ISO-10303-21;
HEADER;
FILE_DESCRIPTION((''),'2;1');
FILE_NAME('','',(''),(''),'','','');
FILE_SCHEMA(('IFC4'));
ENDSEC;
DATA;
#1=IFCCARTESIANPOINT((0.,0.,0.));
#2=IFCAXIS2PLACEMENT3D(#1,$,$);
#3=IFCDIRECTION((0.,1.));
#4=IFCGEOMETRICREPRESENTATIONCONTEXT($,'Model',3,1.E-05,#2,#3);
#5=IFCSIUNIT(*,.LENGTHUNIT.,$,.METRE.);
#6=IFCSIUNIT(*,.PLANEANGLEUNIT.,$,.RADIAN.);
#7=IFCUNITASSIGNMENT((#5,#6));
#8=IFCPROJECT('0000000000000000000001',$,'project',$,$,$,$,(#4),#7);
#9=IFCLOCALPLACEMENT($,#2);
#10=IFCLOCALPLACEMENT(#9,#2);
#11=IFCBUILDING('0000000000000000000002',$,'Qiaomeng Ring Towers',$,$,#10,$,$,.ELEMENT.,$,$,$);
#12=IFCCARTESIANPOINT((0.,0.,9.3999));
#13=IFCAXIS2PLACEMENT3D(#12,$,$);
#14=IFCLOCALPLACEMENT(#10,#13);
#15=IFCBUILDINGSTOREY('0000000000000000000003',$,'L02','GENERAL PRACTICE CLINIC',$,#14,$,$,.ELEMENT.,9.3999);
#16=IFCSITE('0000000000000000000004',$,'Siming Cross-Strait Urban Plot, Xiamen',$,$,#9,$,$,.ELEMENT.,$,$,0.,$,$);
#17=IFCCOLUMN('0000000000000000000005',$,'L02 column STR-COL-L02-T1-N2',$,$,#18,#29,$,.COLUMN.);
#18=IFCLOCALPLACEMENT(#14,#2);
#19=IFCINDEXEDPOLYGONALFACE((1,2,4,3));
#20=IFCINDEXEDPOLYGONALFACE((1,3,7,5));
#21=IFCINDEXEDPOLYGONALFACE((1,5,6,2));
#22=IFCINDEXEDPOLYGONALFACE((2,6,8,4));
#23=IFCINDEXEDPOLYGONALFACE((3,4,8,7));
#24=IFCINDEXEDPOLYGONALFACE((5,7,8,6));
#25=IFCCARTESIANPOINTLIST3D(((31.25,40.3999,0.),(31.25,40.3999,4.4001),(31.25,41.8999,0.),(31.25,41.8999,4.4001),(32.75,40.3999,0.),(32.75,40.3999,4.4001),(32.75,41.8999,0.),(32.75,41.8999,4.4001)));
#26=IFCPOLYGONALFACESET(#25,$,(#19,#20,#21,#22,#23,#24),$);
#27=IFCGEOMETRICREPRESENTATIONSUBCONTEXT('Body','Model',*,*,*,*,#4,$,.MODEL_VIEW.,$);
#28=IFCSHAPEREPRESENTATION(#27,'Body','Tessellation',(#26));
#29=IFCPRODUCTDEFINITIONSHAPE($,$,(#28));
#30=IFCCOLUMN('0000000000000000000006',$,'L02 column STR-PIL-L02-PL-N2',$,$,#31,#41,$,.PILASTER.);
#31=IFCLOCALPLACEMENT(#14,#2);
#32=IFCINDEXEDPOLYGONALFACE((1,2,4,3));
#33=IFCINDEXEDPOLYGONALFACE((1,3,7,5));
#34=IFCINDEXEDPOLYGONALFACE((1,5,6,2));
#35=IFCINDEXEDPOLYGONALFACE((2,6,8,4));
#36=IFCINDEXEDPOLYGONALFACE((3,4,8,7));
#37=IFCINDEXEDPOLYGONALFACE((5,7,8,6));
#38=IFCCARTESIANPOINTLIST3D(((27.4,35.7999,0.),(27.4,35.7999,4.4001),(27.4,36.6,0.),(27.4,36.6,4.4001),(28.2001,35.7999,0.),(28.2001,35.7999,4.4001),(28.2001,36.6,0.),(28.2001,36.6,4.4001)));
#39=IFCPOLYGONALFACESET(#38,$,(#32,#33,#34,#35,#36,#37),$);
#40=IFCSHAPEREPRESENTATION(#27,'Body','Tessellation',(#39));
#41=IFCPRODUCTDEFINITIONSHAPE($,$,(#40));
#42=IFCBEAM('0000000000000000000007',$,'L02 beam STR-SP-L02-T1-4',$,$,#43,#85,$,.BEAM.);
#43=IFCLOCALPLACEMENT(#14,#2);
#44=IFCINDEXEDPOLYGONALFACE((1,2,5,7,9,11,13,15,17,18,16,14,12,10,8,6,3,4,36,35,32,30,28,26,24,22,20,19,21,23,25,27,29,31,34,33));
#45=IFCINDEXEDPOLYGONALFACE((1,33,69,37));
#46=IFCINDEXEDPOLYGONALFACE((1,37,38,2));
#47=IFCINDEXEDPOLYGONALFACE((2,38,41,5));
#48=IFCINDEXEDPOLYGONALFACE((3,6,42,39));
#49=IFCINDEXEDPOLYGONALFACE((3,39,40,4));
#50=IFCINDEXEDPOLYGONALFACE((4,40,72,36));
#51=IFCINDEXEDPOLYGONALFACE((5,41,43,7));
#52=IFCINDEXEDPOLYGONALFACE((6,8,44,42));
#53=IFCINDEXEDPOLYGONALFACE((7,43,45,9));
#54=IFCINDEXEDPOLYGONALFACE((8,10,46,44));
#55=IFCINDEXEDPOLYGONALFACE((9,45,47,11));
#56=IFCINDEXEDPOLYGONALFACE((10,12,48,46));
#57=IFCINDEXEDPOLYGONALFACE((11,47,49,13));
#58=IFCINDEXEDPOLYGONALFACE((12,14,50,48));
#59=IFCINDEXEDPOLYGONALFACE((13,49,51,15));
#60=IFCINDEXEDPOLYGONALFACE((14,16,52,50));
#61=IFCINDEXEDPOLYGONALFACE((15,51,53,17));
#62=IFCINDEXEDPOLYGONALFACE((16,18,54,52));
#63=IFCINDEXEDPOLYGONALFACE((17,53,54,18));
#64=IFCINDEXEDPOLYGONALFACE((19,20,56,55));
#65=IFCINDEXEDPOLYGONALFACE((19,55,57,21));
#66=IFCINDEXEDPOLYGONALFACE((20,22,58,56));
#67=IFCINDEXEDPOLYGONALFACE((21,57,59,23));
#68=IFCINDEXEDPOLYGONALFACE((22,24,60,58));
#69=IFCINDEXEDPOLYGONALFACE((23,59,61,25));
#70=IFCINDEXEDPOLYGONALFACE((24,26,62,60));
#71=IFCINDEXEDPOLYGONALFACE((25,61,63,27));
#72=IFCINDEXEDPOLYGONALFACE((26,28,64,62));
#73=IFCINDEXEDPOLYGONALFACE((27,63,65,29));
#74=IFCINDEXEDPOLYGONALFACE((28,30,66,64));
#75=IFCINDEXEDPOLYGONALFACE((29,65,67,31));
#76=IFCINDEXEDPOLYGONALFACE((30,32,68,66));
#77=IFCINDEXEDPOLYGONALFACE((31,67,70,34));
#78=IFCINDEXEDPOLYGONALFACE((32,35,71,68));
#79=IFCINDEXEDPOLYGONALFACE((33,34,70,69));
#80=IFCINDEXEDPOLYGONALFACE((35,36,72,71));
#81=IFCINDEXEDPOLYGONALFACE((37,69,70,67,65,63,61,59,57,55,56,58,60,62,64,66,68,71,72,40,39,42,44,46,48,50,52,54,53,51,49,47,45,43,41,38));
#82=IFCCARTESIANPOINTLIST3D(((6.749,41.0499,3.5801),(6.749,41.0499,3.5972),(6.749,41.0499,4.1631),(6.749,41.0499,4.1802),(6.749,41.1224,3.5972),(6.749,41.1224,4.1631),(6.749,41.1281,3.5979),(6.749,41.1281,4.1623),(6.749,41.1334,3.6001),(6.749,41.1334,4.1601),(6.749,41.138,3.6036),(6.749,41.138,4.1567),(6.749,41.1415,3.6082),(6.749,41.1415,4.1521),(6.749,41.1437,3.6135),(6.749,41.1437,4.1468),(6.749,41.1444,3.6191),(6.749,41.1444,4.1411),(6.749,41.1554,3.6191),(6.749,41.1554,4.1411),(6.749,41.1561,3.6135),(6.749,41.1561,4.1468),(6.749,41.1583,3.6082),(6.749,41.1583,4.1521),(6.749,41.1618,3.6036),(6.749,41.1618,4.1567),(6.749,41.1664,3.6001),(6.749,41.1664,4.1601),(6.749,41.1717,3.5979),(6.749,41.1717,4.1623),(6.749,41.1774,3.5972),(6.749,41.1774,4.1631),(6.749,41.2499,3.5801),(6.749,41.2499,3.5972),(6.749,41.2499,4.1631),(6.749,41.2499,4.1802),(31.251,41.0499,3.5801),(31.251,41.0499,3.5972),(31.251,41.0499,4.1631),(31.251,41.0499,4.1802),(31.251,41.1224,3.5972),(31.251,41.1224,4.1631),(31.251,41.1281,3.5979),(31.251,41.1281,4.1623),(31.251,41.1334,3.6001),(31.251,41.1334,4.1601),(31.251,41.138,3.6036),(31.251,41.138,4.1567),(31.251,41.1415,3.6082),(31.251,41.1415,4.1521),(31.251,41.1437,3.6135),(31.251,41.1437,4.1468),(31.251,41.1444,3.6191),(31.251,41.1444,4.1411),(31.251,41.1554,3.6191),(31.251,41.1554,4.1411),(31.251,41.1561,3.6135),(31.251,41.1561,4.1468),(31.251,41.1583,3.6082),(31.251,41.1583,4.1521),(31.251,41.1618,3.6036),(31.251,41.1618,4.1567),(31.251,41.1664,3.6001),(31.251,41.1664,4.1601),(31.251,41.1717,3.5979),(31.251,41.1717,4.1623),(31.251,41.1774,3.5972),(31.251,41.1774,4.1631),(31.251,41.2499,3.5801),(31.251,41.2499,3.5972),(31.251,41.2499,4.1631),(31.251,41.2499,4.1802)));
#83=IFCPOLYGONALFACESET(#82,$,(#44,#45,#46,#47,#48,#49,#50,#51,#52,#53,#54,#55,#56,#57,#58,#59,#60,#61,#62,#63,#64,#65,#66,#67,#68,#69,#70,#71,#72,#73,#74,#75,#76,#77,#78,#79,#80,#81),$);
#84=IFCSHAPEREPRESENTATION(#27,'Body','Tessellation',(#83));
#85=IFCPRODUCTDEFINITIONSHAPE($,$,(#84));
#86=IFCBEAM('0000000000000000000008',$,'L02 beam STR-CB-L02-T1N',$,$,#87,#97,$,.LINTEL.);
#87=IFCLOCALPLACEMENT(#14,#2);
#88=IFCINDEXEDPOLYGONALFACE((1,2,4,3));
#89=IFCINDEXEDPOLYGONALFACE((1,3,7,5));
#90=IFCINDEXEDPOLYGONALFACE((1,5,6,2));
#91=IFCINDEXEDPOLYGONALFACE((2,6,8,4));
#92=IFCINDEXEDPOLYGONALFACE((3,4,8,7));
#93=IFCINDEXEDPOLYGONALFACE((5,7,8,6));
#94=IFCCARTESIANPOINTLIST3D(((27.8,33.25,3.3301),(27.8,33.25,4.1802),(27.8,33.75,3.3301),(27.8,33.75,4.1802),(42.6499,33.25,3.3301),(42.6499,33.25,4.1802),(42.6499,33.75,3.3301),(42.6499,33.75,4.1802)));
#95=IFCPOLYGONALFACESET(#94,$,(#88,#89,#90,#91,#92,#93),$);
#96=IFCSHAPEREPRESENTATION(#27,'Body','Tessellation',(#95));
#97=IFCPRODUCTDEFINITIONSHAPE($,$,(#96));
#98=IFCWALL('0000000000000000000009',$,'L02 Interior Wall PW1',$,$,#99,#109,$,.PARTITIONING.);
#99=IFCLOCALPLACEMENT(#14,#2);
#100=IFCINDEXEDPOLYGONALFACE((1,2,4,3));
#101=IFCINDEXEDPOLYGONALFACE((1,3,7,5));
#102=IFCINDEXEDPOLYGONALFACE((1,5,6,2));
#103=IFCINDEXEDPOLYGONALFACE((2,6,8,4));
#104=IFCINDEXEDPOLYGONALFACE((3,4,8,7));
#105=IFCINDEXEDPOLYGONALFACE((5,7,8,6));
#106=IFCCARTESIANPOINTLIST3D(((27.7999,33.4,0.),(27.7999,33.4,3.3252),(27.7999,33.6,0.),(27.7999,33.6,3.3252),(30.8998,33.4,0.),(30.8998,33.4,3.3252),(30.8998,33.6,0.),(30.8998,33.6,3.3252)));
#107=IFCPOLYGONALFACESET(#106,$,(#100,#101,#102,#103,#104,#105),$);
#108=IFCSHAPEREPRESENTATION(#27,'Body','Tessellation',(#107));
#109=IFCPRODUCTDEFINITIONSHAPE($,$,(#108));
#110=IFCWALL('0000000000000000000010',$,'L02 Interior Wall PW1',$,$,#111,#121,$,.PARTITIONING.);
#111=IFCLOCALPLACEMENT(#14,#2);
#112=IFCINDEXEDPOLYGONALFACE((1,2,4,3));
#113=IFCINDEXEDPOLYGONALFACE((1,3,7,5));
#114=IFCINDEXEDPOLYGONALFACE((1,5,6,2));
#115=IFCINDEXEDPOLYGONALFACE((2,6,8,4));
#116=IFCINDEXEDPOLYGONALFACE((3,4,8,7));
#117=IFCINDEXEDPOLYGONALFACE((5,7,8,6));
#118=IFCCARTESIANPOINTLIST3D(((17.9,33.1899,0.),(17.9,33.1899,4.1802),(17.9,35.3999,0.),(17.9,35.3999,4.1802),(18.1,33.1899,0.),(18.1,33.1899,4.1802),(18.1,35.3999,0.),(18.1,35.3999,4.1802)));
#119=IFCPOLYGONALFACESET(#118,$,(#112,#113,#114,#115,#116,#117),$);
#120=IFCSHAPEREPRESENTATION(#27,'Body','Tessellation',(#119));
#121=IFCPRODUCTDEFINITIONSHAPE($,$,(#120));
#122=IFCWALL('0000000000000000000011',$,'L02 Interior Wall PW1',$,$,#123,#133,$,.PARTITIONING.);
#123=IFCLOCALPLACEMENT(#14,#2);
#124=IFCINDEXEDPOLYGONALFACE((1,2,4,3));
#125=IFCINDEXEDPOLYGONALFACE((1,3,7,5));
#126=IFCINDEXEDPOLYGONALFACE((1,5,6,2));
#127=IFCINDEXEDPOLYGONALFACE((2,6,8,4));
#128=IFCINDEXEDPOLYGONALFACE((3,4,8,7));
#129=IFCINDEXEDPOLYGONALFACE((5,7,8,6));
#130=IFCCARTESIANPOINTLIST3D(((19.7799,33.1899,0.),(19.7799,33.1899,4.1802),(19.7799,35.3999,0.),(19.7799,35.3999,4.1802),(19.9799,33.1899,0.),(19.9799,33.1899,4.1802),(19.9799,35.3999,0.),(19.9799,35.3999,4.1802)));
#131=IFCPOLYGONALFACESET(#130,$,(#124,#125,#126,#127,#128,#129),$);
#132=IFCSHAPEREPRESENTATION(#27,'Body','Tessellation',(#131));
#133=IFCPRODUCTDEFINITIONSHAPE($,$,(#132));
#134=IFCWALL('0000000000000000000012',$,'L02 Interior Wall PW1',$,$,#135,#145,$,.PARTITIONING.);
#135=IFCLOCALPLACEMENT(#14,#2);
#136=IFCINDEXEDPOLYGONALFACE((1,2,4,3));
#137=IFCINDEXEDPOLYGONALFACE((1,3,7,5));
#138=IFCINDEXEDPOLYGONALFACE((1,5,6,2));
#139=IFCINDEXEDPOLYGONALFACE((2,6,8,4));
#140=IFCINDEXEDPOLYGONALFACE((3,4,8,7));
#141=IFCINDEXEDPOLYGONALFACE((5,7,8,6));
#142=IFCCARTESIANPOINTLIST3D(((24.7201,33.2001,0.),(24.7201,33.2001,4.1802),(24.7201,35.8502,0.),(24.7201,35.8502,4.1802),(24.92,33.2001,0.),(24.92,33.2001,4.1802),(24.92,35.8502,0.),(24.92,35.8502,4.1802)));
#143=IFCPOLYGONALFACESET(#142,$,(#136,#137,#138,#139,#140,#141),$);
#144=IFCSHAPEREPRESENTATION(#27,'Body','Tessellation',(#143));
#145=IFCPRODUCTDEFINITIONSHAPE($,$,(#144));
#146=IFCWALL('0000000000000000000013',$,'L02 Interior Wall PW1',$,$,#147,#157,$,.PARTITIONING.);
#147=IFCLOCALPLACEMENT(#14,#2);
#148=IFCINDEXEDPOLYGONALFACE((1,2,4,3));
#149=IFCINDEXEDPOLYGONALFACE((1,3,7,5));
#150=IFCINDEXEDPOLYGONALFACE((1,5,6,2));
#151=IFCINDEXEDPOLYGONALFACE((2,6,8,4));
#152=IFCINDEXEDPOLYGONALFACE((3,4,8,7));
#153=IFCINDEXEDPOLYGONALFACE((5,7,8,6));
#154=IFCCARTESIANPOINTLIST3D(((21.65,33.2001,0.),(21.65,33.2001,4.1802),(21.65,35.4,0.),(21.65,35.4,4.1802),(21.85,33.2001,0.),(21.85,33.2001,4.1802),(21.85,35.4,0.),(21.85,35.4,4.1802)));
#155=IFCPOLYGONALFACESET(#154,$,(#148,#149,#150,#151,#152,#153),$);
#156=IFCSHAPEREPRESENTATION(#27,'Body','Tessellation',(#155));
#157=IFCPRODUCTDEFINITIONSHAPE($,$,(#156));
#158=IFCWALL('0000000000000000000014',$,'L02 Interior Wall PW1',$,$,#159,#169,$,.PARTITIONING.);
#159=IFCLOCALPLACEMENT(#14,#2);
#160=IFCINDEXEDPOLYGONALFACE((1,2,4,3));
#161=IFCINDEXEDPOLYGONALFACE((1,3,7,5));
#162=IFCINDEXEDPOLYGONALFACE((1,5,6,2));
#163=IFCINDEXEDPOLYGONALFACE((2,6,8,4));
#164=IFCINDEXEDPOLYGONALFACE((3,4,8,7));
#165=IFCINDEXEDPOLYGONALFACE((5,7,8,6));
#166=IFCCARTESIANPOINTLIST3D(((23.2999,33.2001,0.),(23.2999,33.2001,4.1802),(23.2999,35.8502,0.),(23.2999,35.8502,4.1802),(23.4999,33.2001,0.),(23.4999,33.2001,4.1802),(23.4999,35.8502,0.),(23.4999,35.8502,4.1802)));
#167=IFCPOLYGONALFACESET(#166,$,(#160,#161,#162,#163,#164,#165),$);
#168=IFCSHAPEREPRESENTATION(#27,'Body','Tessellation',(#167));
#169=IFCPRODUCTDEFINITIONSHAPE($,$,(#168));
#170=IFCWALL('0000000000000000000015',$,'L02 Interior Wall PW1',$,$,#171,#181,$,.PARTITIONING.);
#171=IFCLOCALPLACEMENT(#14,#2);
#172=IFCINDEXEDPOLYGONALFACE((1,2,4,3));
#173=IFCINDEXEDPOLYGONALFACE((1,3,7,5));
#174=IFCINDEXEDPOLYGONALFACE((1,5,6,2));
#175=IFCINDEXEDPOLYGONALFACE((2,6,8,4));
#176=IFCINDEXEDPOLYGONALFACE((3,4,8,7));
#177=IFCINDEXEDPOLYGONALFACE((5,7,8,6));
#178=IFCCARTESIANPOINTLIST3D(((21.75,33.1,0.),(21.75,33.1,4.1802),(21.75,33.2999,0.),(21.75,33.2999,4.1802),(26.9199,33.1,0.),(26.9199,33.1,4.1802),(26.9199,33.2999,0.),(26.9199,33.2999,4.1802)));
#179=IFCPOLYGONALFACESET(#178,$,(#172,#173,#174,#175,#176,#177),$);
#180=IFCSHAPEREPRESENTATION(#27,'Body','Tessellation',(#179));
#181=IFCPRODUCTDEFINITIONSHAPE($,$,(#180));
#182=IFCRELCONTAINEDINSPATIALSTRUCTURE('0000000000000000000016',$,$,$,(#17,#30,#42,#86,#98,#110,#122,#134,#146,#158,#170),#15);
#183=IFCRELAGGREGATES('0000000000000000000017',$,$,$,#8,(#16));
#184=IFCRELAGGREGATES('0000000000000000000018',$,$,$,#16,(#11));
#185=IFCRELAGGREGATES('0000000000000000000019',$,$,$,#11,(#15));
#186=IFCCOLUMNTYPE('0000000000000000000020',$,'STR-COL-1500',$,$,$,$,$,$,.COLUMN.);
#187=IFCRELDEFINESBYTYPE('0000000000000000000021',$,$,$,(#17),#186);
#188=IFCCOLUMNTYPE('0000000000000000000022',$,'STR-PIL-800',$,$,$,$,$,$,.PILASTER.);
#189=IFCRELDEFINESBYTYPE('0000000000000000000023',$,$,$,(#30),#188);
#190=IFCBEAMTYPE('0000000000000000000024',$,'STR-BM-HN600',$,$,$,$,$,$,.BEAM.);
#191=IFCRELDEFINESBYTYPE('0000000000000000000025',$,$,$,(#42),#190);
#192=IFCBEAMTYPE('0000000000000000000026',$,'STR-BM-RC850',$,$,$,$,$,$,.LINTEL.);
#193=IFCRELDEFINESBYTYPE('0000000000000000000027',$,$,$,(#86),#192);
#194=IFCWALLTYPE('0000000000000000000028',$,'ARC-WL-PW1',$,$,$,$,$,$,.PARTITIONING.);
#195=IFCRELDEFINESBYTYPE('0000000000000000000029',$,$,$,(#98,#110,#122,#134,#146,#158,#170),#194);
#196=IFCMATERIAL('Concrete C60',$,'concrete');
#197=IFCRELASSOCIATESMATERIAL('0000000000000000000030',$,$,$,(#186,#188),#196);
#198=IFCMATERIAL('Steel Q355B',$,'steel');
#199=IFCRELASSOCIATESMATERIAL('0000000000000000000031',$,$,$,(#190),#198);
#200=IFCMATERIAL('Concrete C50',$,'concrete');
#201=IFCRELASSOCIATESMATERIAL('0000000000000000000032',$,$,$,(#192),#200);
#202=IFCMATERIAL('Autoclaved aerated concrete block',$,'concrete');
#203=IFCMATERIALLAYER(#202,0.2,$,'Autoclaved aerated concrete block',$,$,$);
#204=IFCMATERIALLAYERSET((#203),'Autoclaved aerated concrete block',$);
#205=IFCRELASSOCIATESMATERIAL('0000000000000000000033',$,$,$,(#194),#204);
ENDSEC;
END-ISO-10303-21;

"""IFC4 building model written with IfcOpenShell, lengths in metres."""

from ifc_helpers import new_model, si_unit, direction, frame, frame_2d, origin, origin_2d, place, context, subcontext, project, spatial, rectangle, i_section, extrude, source, transform, mapped, material, layer, layer_set, material_profile, profile_set, type_object, element, save


model = new_model("IFC4")

# Units and contexts
model_context = context("Model", 3, precision=1e-05, world=origin(), true_north=direction((0.0, 1.0)))
body_context = subcontext(model_context, "Body", "Model", "MODEL_VIEW")
ifc_project = project(units=[si_unit("LENGTHUNIT", "METRE"), si_unit("PLANEANGLEUNIT", "RADIAN")], contexts=[model_context])

# Site, building, storey
site_placement = place(None, origin())
site = spatial("IfcSite", under=ifc_project, at=site_placement, Name="Siming Cross-Strait Urban Plot, Xiamen", CompositionType="ELEMENT", RefElevation=0.0)
building_placement = place(site_placement, origin())
building = spatial("IfcBuilding", under=site, at=building_placement, Name="Qiaomeng Ring Towers", CompositionType="ELEMENT")
storey_placement = place(building_placement, frame((0.0, 0.0, 9.3999)))
storey = spatial("IfcBuildingStorey", under=building, at=storey_placement, Name="L02", Description="GENERAL PRACTICE CLINIC", CompositionType="ELEMENT", Elevation=9.3999)

# Columns
ifc_material_1 = material(Name="Concrete C60", Category="concrete")
ifc_material_profile_1 = material_profile(ifc_material_1, rectangle(XDim=1.5, YDim=1.5, at=origin_2d()), Name="RC COL 1500x1500")
ifc_profile_set_1 = profile_set([ifc_material_profile_1], Name="Concrete C60")
column_type_1 = type_object("IfcColumnType", Name="STR-COL-1500", PredefinedType="COLUMN", material=ifc_profile_set_1)
shared_shape_1 = source(origin(), body_context, "Body", "SweptSolid", [
    extrude(rectangle(XDim=1.5, YDim=1.5, at=origin_2d()), origin(), (0.0, 0.0, 1.0), 4.4001),
])
column_1_placement = place(storey_placement, frame((32.0, 41.1499, 0.0), z_axis=(0.0, 0.0, 1.0), x_axis=(1.0, 0.0, 0.0)))
element("IfcColumn", 1, at=column_1_placement, inside=storey, type_object=column_type_1, Name="L02 column STR-COL-L02-T1-N2", PredefinedType="COLUMN", context=body_context, shape_type="MappedRepresentation", body=[
    mapped(shared_shape_1, transform((0.0, 0.0, 0.0), x_axis=(1.0, 0.0, 0.0), y_axis=(0.0, 1.0, 0.0), z_axis=(0.0, 0.0, 1.0), scale=1.0)),
])
ifc_material_profile_2 = material_profile(ifc_material_1, rectangle(XDim=0.8, YDim=0.8, at=origin_2d()), Name="RC COL 800x800")
ifc_profile_set_2 = profile_set([ifc_material_profile_2], Name="Concrete C60")
column_type_2 = type_object("IfcColumnType", Name="STR-PIL-800", PredefinedType="PILASTER", material=ifc_profile_set_2)
shared_shape_2 = source(origin(), body_context, "Body", "SweptSolid", [
    extrude(rectangle(XDim=0.8, YDim=0.8, at=origin_2d()), origin(), (0.0, 0.0, 1.0), 4.4001),
])
column_2_placement = place(storey_placement, frame((27.8, 36.2, 0.0), z_axis=(0.0, 0.0, 1.0), x_axis=(1.0, 0.0, 0.0)))
element("IfcColumn", 2, at=column_2_placement, inside=storey, type_object=column_type_2, Name="L02 column STR-PIL-L02-PL-N2", PredefinedType="PILASTER", context=body_context, shape_type="MappedRepresentation", body=[
    mapped(shared_shape_2, transform((0.0, 0.0, 0.0), x_axis=(1.0, 0.0, 0.0), y_axis=(0.0, 1.0, 0.0), z_axis=(0.0, 0.0, 1.0), scale=1.0)),
])

# Beams
ifc_material_2 = material(Name="Steel Q355B", Category="steel")
ifc_material_profile_3 = material_profile(ifc_material_2, i_section(OverallWidth=0.2, OverallDepth=0.6001, WebThickness=0.011, FlangeThickness=0.0171, FilletRadius=0.022, at=origin_2d()), Name="HN 600x200x11x17")
ifc_profile_set_3 = profile_set([ifc_material_profile_3], Name="Steel Q355B")
beam_type_1 = type_object("IfcBeamType", Name="STR-BM-HN600", PredefinedType="BEAM", material=ifc_profile_set_3)
shared_shape_3 = source(origin(), body_context, "Body", "SweptSolid", [
    extrude(i_section(OverallWidth=0.2, OverallDepth=0.6001, WebThickness=0.011, FlangeThickness=0.0171, FilletRadius=0.022, at=origin_2d()), origin(), (0.0, 0.0, 1.0), 24.502),
])
beam_1_placement = place(storey_placement, frame((31.251, 41.1499, 3.8801), z_axis=(-1.0, 0.0, 0.0), x_axis=(0.0, -1.0, 0.0)))
element("IfcBeam", 3, at=beam_1_placement, inside=storey, type_object=beam_type_1, Name="L02 beam STR-SP-L02-T1-4", PredefinedType="BEAM", context=body_context, shape_type="MappedRepresentation", body=[
    mapped(shared_shape_3, transform((0.0, 0.0, 0.0), x_axis=(1.0, 0.0, 0.0), y_axis=(0.0, 1.0, 0.0), z_axis=(0.0, 0.0, 1.0), scale=1.0)),
])
ifc_material_3 = material(Name="Concrete C50", Category="concrete")
ifc_material_profile_4 = material_profile(ifc_material_3, rectangle(XDim=0.5, YDim=0.8501, at=origin_2d()), Name="RC BM 500x850")
ifc_profile_set_4 = profile_set([ifc_material_profile_4], Name="Concrete C50")
beam_type_2 = type_object("IfcBeamType", Name="STR-BM-RC850", PredefinedType="LINTEL", material=ifc_profile_set_4)
shared_shape_4 = source(origin(), body_context, "Body", "SweptSolid", [
    extrude(rectangle(XDim=0.5, YDim=0.8501, at=origin_2d()), origin(), (0.0, 0.0, 1.0), 14.8499),
])
beam_2_placement = place(storey_placement, frame((27.8, 33.5, 3.7551), z_axis=(1.0, 0.0, 0.0), x_axis=(0.0, 1.0, 0.0)))
element("IfcBeam", 4, at=beam_2_placement, inside=storey, type_object=beam_type_2, Name="L02 beam STR-CB-L02-T1N", PredefinedType="LINTEL", context=body_context, shape_type="MappedRepresentation", body=[
    mapped(shared_shape_4, transform((0.0, 0.0, 0.0), x_axis=(1.0, 0.0, 0.0), y_axis=(0.0, 1.0, 0.0), z_axis=(0.0, 0.0, 1.0), scale=1.0)),
])

# Walls
ifc_material_4 = material(Name="Autoclaved aerated concrete block", Category="concrete")
ifc_layer_1 = layer(ifc_material_4, 0.2, Name="Autoclaved aerated concrete block")
ifc_layer_set_1 = layer_set([ifc_layer_1], Name="Autoclaved aerated concrete block")
wall_type_1 = type_object("IfcWallType", Name="ARC-WL-PW1", PredefinedType="PARTITIONING", material=ifc_layer_set_1)
wall_1_placement = place(storey_placement, frame((27.8, 33.5, 0.0), z_axis=(0.0, 0.0, 1.0), x_axis=(1.0, 0.0, 0.0)))
element("IfcWall", 5, at=wall_1_placement, inside=storey, type_object=wall_type_1, Name="L02 Interior Wall PW1", PredefinedType="PARTITIONING", context=body_context, shape_type="SweptSolid", body=[
    extrude(rectangle(XDim=3.0999, YDim=0.2, at=frame_2d((1.5498, 0.0))), origin(), (0.0, 0.0, 1.0), 3.3252),
])
for number, where, z_axis, x_axis, name in (
    (6, (18.0, 33.1899, 0.0), (0.0, 0.0, 1.0), (0.0, 1.0, 0.0), "L02 Interior Wall PW1"),
    (7, (19.8799, 33.1899, 0.0), (0.0, 0.0, 1.0), (0.0, 1.0, 0.0), "L02 Interior Wall PW1"),
):
    element("IfcWall", number, at=place(storey_placement, frame(where, z_axis=z_axis, x_axis=x_axis)), inside=storey, type_object=wall_type_1, Name=name, PredefinedType="PARTITIONING", context=body_context, shape_type="SweptSolid", body=[
        extrude(rectangle(XDim=2.21, YDim=0.2, at=frame_2d((1.105, 0.0))), origin(), (0.0, 0.0, 1.0), 4.1802),
    ])
wall_2_placement = place(storey_placement, frame((24.8201, 33.2, 0.0), z_axis=(0.0, 0.0, 1.0), x_axis=(0.0, 1.0, 0.0)))
element("IfcWall", 8, at=wall_2_placement, inside=storey, type_object=wall_type_1, Name="L02 Interior Wall PW1", PredefinedType="PARTITIONING", context=body_context, shape_type="SweptSolid", body=[
    extrude(rectangle(XDim=2.6501, YDim=0.2, at=frame_2d((1.3252, 0.0))), origin(), (0.0, 0.0, 1.0), 4.1802),
])
wall_3_placement = place(storey_placement, frame((21.75, 33.2, 0.0), z_axis=(0.0, 0.0, 1.0), x_axis=(0.0, 1.0, 0.0)))
element("IfcWall", 9, at=wall_3_placement, inside=storey, type_object=wall_type_1, Name="L02 Interior Wall PW1", PredefinedType="PARTITIONING", context=body_context, shape_type="SweptSolid", body=[
    extrude(rectangle(XDim=2.2, YDim=0.2, at=frame_2d((1.1001, 0.0))), origin(), (0.0, 0.0, 1.0), 4.1802),
])
wall_4_placement = place(storey_placement, frame((23.3999, 33.2, 0.0), z_axis=(0.0, 0.0, 1.0), x_axis=(0.0, 1.0, 0.0)))
element("IfcWall", 10, at=wall_4_placement, inside=storey, type_object=wall_type_1, Name="L02 Interior Wall PW1", PredefinedType="PARTITIONING", context=body_context, shape_type="SweptSolid", body=[
    extrude(rectangle(XDim=2.6501, YDim=0.2, at=frame_2d((1.3252, 0.0))), origin(), (0.0, 0.0, 1.0), 4.1802),
])
wall_5_placement = place(storey_placement, frame((21.75, 33.2, 0.0), z_axis=(0.0, 0.0, 1.0), x_axis=(1.0, 0.0, 0.0)))
element("IfcWall", 11, at=wall_5_placement, inside=storey, type_object=wall_type_1, Name="L02 Interior Wall PW1", PredefinedType="PARTITIONING", context=body_context, shape_type="SweptSolid", body=[
    extrude(rectangle(XDim=5.1699, YDim=0.2, at=frame_2d((2.585, 0.0))), origin(), (0.0, 0.0, 1.0), 4.1802),
])

save(model, "model.ifc")
